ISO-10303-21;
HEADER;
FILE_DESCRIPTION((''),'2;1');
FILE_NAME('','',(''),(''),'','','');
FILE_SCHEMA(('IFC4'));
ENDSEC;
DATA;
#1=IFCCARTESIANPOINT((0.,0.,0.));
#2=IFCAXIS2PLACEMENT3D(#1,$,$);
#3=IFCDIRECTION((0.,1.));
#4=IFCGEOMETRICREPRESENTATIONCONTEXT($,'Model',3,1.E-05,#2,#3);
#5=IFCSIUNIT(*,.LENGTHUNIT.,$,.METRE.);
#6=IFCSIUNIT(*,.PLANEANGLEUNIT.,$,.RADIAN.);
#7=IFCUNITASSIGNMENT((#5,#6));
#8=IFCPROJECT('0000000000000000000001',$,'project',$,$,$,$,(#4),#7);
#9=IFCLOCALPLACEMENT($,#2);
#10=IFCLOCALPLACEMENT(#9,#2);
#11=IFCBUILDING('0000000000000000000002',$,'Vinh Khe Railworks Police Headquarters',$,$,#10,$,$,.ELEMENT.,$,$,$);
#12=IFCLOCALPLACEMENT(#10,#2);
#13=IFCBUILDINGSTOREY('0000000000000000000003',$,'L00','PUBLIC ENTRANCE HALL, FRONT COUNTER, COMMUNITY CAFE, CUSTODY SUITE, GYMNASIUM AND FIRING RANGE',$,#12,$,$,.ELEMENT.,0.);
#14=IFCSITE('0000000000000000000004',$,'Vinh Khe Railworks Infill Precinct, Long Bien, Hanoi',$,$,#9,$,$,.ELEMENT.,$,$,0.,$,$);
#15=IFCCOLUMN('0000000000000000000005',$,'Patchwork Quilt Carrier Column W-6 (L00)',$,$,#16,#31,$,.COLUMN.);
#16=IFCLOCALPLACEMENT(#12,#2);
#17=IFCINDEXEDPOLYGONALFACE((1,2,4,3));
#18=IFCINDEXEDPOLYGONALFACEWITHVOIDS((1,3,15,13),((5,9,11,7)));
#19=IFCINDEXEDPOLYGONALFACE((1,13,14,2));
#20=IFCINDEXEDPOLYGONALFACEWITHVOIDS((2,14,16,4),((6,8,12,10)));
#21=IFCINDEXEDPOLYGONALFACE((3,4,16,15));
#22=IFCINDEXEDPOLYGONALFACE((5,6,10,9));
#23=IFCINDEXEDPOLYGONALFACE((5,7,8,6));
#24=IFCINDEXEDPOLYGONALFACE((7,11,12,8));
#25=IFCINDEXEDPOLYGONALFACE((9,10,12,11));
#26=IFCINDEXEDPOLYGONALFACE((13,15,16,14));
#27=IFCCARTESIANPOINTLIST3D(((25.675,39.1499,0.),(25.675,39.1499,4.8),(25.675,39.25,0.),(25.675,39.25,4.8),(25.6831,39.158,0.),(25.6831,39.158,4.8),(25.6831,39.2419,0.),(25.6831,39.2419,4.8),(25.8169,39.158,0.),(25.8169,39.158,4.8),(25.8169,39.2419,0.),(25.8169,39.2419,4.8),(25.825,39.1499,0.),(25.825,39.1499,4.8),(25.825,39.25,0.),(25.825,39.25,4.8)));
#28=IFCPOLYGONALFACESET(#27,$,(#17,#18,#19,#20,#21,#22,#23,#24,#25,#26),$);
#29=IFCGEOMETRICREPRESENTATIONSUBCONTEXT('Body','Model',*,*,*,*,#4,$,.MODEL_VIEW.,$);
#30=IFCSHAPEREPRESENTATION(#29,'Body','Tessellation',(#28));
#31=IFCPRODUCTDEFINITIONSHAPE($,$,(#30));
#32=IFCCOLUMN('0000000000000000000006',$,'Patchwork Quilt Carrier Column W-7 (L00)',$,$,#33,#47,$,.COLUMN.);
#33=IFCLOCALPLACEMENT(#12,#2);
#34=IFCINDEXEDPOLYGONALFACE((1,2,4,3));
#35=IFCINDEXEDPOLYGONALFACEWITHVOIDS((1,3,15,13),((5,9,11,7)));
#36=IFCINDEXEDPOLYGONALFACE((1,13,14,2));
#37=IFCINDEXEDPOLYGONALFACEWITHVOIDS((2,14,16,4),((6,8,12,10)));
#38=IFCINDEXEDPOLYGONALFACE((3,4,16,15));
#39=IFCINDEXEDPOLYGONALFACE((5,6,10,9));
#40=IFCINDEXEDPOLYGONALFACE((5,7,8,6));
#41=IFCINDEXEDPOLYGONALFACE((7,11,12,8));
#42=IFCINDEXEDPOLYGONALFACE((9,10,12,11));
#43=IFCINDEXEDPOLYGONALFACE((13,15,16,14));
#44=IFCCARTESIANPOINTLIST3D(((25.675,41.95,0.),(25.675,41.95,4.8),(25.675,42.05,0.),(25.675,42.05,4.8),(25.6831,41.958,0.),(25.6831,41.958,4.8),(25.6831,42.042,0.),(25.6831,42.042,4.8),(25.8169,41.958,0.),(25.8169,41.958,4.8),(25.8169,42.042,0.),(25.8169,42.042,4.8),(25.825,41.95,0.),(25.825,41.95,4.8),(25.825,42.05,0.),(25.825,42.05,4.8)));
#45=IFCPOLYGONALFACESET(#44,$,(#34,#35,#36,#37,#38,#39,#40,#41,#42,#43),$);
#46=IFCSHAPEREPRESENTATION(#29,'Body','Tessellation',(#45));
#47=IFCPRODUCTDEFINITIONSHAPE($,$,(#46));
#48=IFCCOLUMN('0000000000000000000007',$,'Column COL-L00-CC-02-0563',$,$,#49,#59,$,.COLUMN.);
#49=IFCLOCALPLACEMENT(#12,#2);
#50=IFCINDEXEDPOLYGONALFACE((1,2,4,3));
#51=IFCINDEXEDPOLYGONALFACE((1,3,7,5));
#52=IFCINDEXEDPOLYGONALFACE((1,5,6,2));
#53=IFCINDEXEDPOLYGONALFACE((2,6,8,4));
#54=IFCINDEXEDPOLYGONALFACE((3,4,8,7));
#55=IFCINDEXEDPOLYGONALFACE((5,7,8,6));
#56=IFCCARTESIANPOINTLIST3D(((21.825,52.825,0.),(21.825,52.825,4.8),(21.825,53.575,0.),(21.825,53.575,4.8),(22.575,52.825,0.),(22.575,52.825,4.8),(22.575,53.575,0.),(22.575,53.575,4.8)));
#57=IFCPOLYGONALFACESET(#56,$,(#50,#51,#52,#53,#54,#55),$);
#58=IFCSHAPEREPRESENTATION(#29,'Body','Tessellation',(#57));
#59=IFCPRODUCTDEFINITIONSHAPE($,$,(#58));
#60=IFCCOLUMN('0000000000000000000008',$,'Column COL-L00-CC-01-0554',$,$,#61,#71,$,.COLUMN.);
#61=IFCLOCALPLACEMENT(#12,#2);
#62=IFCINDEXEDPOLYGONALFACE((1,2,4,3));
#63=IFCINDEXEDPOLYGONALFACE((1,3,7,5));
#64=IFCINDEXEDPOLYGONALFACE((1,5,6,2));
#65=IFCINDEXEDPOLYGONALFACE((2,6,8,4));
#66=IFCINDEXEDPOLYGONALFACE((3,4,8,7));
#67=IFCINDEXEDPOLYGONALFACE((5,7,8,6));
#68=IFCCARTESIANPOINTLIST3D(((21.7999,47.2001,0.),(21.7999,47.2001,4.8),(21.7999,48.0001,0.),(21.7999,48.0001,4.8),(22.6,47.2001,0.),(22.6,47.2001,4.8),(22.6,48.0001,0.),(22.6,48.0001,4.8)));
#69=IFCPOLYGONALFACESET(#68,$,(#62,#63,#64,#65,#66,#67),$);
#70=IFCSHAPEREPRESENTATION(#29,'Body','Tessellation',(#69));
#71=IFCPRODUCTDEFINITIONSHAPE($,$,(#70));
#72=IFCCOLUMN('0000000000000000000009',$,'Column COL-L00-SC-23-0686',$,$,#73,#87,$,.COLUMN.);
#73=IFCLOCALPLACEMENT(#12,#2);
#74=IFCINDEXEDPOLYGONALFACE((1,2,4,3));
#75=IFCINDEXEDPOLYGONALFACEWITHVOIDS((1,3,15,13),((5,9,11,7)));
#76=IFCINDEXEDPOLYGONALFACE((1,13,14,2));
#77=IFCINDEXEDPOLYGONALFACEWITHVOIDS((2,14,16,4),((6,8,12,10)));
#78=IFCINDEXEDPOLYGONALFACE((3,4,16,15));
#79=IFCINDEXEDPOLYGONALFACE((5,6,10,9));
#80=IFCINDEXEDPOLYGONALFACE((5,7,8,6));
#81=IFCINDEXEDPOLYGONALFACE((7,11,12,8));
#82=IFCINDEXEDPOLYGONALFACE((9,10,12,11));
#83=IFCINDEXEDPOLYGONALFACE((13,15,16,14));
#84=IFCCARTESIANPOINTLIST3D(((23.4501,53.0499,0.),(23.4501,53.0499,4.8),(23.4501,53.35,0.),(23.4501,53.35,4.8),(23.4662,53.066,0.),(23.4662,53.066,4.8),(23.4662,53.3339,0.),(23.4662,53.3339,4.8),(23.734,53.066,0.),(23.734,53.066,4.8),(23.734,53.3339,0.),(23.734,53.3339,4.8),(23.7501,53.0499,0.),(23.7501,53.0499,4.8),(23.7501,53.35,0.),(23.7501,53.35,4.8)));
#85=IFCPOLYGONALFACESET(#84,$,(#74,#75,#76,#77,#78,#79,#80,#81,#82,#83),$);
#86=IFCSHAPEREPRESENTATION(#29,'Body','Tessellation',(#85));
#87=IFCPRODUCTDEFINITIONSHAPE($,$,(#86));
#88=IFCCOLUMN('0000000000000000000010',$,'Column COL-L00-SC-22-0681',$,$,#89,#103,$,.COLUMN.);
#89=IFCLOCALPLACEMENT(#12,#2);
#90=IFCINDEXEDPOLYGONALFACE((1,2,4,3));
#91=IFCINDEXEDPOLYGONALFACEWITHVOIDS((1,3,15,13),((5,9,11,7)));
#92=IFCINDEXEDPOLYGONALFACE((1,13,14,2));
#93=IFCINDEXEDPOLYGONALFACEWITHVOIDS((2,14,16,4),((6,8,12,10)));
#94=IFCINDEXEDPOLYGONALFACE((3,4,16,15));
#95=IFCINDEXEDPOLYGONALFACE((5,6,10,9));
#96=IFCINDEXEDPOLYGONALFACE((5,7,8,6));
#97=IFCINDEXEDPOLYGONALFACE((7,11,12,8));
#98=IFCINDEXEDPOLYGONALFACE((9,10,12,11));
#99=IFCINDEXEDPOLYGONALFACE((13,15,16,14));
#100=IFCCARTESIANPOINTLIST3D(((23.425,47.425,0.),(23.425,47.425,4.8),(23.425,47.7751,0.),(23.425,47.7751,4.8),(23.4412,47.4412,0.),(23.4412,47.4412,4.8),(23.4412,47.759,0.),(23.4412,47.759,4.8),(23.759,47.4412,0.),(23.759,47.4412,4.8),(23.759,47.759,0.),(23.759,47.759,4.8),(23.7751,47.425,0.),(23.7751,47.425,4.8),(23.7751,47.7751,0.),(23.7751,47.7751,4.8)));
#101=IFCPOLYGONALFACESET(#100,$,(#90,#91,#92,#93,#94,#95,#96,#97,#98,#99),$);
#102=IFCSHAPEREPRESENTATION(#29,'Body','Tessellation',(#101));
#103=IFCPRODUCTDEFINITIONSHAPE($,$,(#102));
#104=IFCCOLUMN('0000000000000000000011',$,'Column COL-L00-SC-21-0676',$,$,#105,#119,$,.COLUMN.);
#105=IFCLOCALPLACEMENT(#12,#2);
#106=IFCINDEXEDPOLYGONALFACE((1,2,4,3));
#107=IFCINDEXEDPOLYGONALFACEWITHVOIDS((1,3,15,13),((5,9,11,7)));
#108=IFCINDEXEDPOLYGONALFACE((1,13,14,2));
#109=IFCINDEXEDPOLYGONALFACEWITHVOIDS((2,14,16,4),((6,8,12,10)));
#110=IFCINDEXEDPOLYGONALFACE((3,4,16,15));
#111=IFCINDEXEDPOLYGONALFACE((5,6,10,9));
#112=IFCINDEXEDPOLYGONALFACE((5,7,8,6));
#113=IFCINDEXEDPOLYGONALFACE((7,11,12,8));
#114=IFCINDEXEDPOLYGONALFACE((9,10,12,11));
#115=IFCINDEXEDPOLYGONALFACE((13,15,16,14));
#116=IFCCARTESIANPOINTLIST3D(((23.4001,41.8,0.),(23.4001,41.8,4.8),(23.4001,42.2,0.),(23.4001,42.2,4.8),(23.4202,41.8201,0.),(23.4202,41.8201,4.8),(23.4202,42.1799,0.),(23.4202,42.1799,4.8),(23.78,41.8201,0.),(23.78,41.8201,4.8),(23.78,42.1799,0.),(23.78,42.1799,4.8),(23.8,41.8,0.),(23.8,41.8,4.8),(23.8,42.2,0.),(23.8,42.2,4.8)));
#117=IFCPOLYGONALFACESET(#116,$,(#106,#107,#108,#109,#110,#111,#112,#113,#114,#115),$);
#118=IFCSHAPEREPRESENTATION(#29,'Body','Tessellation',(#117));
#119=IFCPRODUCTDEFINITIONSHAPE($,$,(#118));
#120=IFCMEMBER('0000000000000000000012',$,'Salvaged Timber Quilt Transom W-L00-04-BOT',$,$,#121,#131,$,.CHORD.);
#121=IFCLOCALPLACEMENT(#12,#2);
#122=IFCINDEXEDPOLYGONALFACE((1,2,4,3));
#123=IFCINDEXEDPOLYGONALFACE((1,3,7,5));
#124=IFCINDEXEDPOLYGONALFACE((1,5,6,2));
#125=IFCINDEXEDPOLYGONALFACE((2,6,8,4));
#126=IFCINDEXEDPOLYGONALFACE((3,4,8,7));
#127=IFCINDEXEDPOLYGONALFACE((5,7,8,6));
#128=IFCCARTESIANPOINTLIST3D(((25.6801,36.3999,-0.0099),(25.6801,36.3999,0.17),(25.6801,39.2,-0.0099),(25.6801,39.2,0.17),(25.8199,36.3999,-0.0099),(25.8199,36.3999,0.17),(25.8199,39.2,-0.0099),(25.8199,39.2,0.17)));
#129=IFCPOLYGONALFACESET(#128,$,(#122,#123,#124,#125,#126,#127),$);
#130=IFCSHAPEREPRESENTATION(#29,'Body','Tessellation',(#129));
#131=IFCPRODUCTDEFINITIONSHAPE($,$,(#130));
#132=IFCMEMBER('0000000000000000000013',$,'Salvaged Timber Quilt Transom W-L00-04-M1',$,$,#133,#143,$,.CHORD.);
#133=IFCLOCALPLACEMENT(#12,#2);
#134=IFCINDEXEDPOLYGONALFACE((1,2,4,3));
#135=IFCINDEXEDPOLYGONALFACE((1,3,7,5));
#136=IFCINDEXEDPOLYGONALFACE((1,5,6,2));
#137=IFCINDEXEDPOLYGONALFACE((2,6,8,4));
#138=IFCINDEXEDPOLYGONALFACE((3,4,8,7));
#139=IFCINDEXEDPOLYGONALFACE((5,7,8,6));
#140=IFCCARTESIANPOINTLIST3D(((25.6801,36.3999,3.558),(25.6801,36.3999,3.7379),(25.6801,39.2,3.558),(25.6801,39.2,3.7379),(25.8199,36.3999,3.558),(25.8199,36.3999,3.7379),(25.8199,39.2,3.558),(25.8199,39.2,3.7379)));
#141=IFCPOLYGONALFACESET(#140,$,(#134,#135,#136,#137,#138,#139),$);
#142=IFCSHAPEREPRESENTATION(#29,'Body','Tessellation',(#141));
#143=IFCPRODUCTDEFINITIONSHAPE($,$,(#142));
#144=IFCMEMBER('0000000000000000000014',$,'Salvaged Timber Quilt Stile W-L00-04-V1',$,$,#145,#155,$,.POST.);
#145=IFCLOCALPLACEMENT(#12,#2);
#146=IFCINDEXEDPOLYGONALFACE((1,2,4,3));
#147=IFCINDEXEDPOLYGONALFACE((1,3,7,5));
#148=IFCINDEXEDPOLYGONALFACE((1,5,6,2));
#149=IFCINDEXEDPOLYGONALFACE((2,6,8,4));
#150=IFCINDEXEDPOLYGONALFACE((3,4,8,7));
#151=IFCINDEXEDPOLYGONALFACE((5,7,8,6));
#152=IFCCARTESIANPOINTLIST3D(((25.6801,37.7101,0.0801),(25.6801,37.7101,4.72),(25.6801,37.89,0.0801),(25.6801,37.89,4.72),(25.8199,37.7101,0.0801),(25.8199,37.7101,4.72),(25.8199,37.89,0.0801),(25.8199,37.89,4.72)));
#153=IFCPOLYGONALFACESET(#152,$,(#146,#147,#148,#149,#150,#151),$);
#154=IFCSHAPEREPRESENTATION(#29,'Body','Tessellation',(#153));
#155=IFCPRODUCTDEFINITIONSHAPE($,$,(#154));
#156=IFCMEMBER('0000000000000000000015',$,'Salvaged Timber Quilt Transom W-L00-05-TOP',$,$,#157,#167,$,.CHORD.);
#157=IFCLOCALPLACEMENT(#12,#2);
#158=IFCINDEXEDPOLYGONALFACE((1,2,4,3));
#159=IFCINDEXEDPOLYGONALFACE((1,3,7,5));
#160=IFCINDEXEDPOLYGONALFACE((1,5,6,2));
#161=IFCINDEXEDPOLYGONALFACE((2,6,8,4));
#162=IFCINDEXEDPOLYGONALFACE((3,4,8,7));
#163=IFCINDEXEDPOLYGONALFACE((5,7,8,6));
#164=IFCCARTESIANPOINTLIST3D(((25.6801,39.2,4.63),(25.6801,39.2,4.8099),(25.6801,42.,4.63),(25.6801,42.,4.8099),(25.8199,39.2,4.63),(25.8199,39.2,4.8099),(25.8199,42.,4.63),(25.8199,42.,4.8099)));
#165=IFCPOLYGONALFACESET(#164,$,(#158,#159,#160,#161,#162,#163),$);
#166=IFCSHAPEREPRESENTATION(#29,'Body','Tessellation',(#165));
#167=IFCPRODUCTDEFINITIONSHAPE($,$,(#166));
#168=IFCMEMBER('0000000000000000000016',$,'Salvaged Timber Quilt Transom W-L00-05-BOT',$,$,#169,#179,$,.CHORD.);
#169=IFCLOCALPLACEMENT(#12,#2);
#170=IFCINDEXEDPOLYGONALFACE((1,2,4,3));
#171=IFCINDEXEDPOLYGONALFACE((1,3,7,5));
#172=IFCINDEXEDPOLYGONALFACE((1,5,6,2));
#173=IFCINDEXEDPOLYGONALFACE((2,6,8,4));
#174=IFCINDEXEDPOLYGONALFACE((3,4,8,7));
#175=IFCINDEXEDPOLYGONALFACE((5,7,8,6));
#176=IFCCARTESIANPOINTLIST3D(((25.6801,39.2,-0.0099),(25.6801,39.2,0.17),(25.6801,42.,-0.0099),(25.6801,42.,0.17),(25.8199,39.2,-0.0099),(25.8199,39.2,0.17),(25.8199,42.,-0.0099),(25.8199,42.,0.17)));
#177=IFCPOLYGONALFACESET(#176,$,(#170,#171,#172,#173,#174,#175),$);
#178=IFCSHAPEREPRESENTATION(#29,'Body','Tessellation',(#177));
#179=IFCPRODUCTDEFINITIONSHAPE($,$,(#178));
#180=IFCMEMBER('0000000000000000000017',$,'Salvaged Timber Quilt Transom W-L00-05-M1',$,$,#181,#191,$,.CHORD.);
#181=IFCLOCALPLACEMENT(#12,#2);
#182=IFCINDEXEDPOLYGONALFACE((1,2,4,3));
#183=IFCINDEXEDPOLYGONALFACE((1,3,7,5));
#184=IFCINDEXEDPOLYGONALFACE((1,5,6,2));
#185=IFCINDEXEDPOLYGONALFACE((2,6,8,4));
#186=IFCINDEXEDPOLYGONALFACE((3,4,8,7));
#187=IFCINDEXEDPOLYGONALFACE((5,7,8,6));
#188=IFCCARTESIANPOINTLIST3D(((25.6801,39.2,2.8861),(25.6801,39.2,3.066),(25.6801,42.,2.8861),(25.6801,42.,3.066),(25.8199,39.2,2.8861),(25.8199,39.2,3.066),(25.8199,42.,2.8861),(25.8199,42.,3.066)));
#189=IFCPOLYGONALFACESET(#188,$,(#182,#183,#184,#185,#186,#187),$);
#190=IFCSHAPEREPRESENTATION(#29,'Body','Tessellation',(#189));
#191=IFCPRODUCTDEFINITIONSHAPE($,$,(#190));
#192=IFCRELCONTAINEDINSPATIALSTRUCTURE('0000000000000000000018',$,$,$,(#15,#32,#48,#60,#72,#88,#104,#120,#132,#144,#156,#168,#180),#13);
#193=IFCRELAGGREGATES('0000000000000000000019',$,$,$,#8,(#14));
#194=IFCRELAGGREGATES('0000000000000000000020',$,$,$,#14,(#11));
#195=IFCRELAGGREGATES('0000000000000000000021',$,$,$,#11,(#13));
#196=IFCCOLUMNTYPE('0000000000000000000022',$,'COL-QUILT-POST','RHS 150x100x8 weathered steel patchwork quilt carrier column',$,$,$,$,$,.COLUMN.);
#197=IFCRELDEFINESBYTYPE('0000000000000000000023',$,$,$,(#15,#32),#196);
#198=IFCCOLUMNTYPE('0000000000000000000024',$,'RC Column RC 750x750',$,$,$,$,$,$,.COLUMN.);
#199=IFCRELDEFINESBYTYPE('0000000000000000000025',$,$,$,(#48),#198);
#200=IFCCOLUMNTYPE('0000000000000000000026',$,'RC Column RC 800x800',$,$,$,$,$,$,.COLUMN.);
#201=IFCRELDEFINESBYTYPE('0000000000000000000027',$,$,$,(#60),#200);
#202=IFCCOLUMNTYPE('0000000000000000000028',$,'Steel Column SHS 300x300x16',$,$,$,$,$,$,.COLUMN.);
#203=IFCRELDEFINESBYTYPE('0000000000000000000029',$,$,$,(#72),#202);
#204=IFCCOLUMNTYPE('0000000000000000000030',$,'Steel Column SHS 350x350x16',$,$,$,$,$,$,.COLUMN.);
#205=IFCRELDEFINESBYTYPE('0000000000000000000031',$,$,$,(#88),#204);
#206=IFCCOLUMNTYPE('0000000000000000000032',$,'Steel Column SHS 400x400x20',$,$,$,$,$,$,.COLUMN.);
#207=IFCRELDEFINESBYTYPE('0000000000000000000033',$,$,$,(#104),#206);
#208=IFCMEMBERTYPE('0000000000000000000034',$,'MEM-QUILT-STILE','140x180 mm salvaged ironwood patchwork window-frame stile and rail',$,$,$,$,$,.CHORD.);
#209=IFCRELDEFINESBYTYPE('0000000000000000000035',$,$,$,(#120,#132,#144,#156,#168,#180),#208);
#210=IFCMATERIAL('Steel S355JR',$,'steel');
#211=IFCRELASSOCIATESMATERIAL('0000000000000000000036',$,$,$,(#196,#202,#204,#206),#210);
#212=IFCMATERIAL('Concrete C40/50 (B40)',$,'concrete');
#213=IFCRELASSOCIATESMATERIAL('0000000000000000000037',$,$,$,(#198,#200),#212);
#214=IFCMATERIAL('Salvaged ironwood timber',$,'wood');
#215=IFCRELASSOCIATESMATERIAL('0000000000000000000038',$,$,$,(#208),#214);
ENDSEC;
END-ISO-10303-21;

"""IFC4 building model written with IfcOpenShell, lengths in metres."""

from ifc_helpers import new_model, si_unit, direction, frame, origin, origin_2d, place, context, subcontext, project, spatial, rectangle, hollow_rectangle, extrude, material, material_profile, profile_set, type_object, element, save


model = new_model("IFC4")

# Units and contexts
model_context = context("Model", 3, precision=1e-05, world=origin(), true_north=direction((0.0, 1.0)))
body_context = subcontext(model_context, "Body", "Model", "MODEL_VIEW")
ifc_project = project(units=[si_unit("LENGTHUNIT", "METRE"), si_unit("PLANEANGLEUNIT", "RADIAN")], contexts=[model_context])

# Site, building, storey
site_placement = place(None, origin())
site = spatial("IfcSite", under=ifc_project, at=site_placement, Name="Vinh Khe Railworks Infill Precinct, Long Bien, Hanoi", CompositionType="ELEMENT", RefElevation=0.0)
building_placement = place(site_placement, origin())
building = spatial("IfcBuilding", under=site, at=building_placement, Name="Vinh Khe Railworks Police Headquarters", CompositionType="ELEMENT")
storey_placement = place(building_placement, origin())
storey = spatial("IfcBuildingStorey", under=building, at=storey_placement, Name="L00", Description="PUBLIC ENTRANCE HALL, FRONT COUNTER, COMMUNITY CAFE, CUSTODY SUITE, GYMNASIUM AND FIRING RANGE", CompositionType="ELEMENT", Elevation=0.0)

# Columns
ifc_material_1 = material(Name="Steel S355JR", Category="steel")
ifc_material_profile_1 = material_profile(ifc_material_1, hollow_rectangle(XDim=0.1499, YDim=0.1001, WallThickness=0.0081, at=origin_2d()), Name="RHS 150x100x8")
ifc_profile_set_1 = profile_set([ifc_material_profile_1], Name="Steel S355JR")
column_type_1 = type_object("IfcColumnType", Name="COL-QUILT-POST", Description="RHS 150x100x8 weathered steel patchwork quilt carrier column", PredefinedType="COLUMN", material=ifc_profile_set_1)
for number, where, z_axis, x_axis, name in (
    (1, (25.75, 39.2, 0.0), (0.0, 0.0, 1.0), (1.0, 0.0, 0.0), "Patchwork Quilt Carrier Column W-6 (L00)"),
    (2, (25.75, 42.0, 0.0), (0.0, 0.0, 1.0), (1.0, 0.0, 0.0), "Patchwork Quilt Carrier Column W-7 (L00)"),
):
    element("IfcColumn", number, at=place(storey_placement, frame(where, z_axis=z_axis, x_axis=x_axis)), inside=storey, type_object=column_type_1, Name=name, PredefinedType="COLUMN", context=body_context, shape_type="SweptSolid", body=[
        extrude(hollow_rectangle(XDim=0.1499, YDim=0.1001, WallThickness=0.0081, at=origin_2d()), origin(), (0.0, 0.0, 1.0), 4.8),
    ])
ifc_material_2 = material(Name="Concrete C40/50 (B40)", Category="concrete")
ifc_material_profile_2 = material_profile(ifc_material_2, rectangle(XDim=0.75, YDim=0.75, at=origin_2d()), Name="RC 750x750")
ifc_profile_set_2 = profile_set([ifc_material_profile_2], Name="Concrete C40/50 (B40)")
column_type_2 = type_object("IfcColumnType", Name="RC Column RC 750x750", PredefinedType="COLUMN", material=ifc_profile_set_2)
column_1_placement = place(storey_placement, frame((22.2, 53.2, 0.0), z_axis=(0.0, 0.0, 1.0), x_axis=(1.0, 0.0, 0.0)))
element("IfcColumn", 3, at=column_1_placement, inside=storey, type_object=column_type_2, Name="Column COL-L00-CC-02-0563", PredefinedType="COLUMN", context=body_context, shape_type="SweptSolid", body=[
    extrude(rectangle(XDim=0.75, YDim=0.75, at=origin_2d()), origin(), (0.0, 0.0, 1.0), 4.8),
])
ifc_material_profile_3 = material_profile(ifc_material_2, rectangle(XDim=0.8, YDim=0.8, at=origin_2d()), Name="RC 800x800")
ifc_profile_set_3 = profile_set([ifc_material_profile_3], Name="Concrete C40/50 (B40)")
column_type_3 = type_object("IfcColumnType", Name="RC Column RC 800x800", PredefinedType="COLUMN", material=ifc_profile_set_3)
column_2_placement = place(storey_placement, frame((22.2, 47.6001, 0.0), z_axis=(0.0, 0.0, 1.0), x_axis=(1.0, 0.0, 0.0)))
element("IfcColumn", 4, at=column_2_placement, inside=storey, type_object=column_type_3, Name="Column COL-L00-CC-01-0554", PredefinedType="COLUMN", context=body_context, shape_type="SweptSolid", body=[
    extrude(rectangle(XDim=0.8, YDim=0.8, at=origin_2d()), origin(), (0.0, 0.0, 1.0), 4.8),
])
ifc_material_profile_4 = material_profile(ifc_material_1, hollow_rectangle(XDim=0.3, YDim=0.3, WallThickness=0.0161, at=origin_2d()), Name="SHS 300x300x16")
ifc_profile_set_4 = profile_set([ifc_material_profile_4], Name="Steel S355JR")
column_type_4 = type_object("IfcColumnType", Name="Steel Column SHS 300x300x16", PredefinedType="COLUMN", material=ifc_profile_set_4)
column_3_placement = place(storey_placement, frame((23.6001, 53.2, 0.0), z_axis=(0.0, 0.0, 1.0), x_axis=(1.0, 0.0, 0.0)))
element("IfcColumn", 5, at=column_3_placement, inside=storey, type_object=column_type_4, Name="Column COL-L00-SC-23-0686", PredefinedType="COLUMN", context=body_context, shape_type="SweptSolid", body=[
    extrude(hollow_rectangle(XDim=0.3, YDim=0.3, WallThickness=0.0161, at=origin_2d()), origin(), (0.0, 0.0, 1.0), 4.8),
])
ifc_material_profile_5 = material_profile(ifc_material_1, hollow_rectangle(XDim=0.3501, YDim=0.3501, WallThickness=0.0161, at=origin_2d()), Name="SHS 350x350x16")
ifc_profile_set_5 = profile_set([ifc_material_profile_5], Name="Steel S355JR")
column_type_5 = type_object("IfcColumnType", Name="Steel Column SHS 350x350x16", PredefinedType="COLUMN", material=ifc_profile_set_5)
column_4_placement = place(storey_placement, frame((23.6001, 47.6001, 0.0), z_axis=(0.0, 0.0, 1.0), x_axis=(1.0, 0.0, 0.0)))
element("IfcColumn", 6, at=column_4_placement, inside=storey, type_object=column_type_5, Name="Column COL-L00-SC-22-0681", PredefinedType="COLUMN", context=body_context, shape_type="SweptSolid", body=[
    extrude(hollow_rectangle(XDim=0.3501, YDim=0.3501, WallThickness=0.0161, at=origin_2d()), origin(), (0.0, 0.0, 1.0), 4.8),
])
ifc_material_profile_6 = material_profile(ifc_material_1, hollow_rectangle(XDim=0.3999, YDim=0.3999, WallThickness=0.02, at=origin_2d()), Name="SHS 400x400x20")
ifc_profile_set_6 = profile_set([ifc_material_profile_6], Name="Steel S355JR")
column_type_6 = type_object("IfcColumnType", Name="Steel Column SHS 400x400x20", PredefinedType="COLUMN", material=ifc_profile_set_6)
column_5_placement = place(storey_placement, frame((23.6001, 42.0, 0.0), z_axis=(0.0, 0.0, 1.0), x_axis=(1.0, 0.0, 0.0)))
element("IfcColumn", 7, at=column_5_placement, inside=storey, type_object=column_type_6, Name="Column COL-L00-SC-21-0676", PredefinedType="COLUMN", context=body_context, shape_type="SweptSolid", body=[
    extrude(hollow_rectangle(XDim=0.3999, YDim=0.3999, WallThickness=0.02, at=origin_2d()), origin(), (0.0, 0.0, 1.0), 4.8),
])

# Members
ifc_material_3 = material(Name="Salvaged ironwood timber", Category="wood")
ifc_material_profile_7 = material_profile(ifc_material_3, rectangle(XDim=0.1399, YDim=0.1799, at=origin_2d()), Name="TIMBER 140x180")
ifc_profile_set_7 = profile_set([ifc_material_profile_7], Name="Salvaged ironwood timber")
member_type = type_object("IfcMemberType", Name="MEM-QUILT-STILE", Description="140x180 mm salvaged ironwood patchwork window-frame stile and rail", PredefinedType="CHORD", material=ifc_profile_set_7)
for number, where, z_axis, x_axis, name in (
    (8, (25.75, 36.3999, 0.0801), (0.0, 1.0, 0.0), (-1.0, 0.0, 0.0), "Salvaged Timber Quilt Transom W-L00-04-BOT"),
    (9, (25.75, 36.3999, 3.6479), (0.0, 1.0, 0.0), (-1.0, 0.0, 0.0), "Salvaged Timber Quilt Transom W-L00-04-M1"),
):
    element("IfcMember", number, at=place(storey_placement, frame(where, z_axis=z_axis, x_axis=x_axis)), inside=storey, type_object=member_type, Name=name, PredefinedType="CHORD", context=body_context, shape_type="SweptSolid", body=[
        extrude(rectangle(XDim=0.1399, YDim=0.1799, at=origin_2d()), origin(), (0.0, 0.0, 1.0), 2.8),
    ])
member_1_placement = place(storey_placement, frame((25.75, 37.8, 0.0801), z_axis=(0.0, 0.0, 1.0), x_axis=(1.0, 0.0, 0.0)))
element("IfcMember", 10, at=member_1_placement, inside=storey, type_object=member_type, Name="Salvaged Timber Quilt Stile W-L00-04-V1", PredefinedType="POST", context=body_context, shape_type="SweptSolid", body=[
    extrude(rectangle(XDim=0.1399, YDim=0.1799, at=origin_2d()), origin(), (0.0, 0.0, 1.0), 4.6399),
])
for number, where, z_axis, x_axis, name in (
    (11, (25.75, 39.2, 4.72), (0.0, 1.0, 0.0), (-1.0, 0.0, 0.0), "Salvaged Timber Quilt Transom W-L00-05-TOP"),
    (12, (25.75, 39.2, 0.0801), (0.0, 1.0, 0.0), (-1.0, 0.0, 0.0), "Salvaged Timber Quilt Transom W-L00-05-BOT"),
    (13, (25.75, 39.2, 2.9761), (0.0, 1.0, 0.0), (-1.0, 0.0, 0.0), "Salvaged Timber Quilt Transom W-L00-05-M1"),
):
    element("IfcMember", number, at=place(storey_placement, frame(where, z_axis=z_axis, x_axis=x_axis)), inside=storey, type_object=member_type, Name=name, PredefinedType="CHORD", context=body_context, shape_type="SweptSolid", body=[
        extrude(rectangle(XDim=0.1399, YDim=0.1799, at=origin_2d()), origin(), (0.0, 0.0, 1.0), 2.8),
    ])

save(model, "model.ifc")
